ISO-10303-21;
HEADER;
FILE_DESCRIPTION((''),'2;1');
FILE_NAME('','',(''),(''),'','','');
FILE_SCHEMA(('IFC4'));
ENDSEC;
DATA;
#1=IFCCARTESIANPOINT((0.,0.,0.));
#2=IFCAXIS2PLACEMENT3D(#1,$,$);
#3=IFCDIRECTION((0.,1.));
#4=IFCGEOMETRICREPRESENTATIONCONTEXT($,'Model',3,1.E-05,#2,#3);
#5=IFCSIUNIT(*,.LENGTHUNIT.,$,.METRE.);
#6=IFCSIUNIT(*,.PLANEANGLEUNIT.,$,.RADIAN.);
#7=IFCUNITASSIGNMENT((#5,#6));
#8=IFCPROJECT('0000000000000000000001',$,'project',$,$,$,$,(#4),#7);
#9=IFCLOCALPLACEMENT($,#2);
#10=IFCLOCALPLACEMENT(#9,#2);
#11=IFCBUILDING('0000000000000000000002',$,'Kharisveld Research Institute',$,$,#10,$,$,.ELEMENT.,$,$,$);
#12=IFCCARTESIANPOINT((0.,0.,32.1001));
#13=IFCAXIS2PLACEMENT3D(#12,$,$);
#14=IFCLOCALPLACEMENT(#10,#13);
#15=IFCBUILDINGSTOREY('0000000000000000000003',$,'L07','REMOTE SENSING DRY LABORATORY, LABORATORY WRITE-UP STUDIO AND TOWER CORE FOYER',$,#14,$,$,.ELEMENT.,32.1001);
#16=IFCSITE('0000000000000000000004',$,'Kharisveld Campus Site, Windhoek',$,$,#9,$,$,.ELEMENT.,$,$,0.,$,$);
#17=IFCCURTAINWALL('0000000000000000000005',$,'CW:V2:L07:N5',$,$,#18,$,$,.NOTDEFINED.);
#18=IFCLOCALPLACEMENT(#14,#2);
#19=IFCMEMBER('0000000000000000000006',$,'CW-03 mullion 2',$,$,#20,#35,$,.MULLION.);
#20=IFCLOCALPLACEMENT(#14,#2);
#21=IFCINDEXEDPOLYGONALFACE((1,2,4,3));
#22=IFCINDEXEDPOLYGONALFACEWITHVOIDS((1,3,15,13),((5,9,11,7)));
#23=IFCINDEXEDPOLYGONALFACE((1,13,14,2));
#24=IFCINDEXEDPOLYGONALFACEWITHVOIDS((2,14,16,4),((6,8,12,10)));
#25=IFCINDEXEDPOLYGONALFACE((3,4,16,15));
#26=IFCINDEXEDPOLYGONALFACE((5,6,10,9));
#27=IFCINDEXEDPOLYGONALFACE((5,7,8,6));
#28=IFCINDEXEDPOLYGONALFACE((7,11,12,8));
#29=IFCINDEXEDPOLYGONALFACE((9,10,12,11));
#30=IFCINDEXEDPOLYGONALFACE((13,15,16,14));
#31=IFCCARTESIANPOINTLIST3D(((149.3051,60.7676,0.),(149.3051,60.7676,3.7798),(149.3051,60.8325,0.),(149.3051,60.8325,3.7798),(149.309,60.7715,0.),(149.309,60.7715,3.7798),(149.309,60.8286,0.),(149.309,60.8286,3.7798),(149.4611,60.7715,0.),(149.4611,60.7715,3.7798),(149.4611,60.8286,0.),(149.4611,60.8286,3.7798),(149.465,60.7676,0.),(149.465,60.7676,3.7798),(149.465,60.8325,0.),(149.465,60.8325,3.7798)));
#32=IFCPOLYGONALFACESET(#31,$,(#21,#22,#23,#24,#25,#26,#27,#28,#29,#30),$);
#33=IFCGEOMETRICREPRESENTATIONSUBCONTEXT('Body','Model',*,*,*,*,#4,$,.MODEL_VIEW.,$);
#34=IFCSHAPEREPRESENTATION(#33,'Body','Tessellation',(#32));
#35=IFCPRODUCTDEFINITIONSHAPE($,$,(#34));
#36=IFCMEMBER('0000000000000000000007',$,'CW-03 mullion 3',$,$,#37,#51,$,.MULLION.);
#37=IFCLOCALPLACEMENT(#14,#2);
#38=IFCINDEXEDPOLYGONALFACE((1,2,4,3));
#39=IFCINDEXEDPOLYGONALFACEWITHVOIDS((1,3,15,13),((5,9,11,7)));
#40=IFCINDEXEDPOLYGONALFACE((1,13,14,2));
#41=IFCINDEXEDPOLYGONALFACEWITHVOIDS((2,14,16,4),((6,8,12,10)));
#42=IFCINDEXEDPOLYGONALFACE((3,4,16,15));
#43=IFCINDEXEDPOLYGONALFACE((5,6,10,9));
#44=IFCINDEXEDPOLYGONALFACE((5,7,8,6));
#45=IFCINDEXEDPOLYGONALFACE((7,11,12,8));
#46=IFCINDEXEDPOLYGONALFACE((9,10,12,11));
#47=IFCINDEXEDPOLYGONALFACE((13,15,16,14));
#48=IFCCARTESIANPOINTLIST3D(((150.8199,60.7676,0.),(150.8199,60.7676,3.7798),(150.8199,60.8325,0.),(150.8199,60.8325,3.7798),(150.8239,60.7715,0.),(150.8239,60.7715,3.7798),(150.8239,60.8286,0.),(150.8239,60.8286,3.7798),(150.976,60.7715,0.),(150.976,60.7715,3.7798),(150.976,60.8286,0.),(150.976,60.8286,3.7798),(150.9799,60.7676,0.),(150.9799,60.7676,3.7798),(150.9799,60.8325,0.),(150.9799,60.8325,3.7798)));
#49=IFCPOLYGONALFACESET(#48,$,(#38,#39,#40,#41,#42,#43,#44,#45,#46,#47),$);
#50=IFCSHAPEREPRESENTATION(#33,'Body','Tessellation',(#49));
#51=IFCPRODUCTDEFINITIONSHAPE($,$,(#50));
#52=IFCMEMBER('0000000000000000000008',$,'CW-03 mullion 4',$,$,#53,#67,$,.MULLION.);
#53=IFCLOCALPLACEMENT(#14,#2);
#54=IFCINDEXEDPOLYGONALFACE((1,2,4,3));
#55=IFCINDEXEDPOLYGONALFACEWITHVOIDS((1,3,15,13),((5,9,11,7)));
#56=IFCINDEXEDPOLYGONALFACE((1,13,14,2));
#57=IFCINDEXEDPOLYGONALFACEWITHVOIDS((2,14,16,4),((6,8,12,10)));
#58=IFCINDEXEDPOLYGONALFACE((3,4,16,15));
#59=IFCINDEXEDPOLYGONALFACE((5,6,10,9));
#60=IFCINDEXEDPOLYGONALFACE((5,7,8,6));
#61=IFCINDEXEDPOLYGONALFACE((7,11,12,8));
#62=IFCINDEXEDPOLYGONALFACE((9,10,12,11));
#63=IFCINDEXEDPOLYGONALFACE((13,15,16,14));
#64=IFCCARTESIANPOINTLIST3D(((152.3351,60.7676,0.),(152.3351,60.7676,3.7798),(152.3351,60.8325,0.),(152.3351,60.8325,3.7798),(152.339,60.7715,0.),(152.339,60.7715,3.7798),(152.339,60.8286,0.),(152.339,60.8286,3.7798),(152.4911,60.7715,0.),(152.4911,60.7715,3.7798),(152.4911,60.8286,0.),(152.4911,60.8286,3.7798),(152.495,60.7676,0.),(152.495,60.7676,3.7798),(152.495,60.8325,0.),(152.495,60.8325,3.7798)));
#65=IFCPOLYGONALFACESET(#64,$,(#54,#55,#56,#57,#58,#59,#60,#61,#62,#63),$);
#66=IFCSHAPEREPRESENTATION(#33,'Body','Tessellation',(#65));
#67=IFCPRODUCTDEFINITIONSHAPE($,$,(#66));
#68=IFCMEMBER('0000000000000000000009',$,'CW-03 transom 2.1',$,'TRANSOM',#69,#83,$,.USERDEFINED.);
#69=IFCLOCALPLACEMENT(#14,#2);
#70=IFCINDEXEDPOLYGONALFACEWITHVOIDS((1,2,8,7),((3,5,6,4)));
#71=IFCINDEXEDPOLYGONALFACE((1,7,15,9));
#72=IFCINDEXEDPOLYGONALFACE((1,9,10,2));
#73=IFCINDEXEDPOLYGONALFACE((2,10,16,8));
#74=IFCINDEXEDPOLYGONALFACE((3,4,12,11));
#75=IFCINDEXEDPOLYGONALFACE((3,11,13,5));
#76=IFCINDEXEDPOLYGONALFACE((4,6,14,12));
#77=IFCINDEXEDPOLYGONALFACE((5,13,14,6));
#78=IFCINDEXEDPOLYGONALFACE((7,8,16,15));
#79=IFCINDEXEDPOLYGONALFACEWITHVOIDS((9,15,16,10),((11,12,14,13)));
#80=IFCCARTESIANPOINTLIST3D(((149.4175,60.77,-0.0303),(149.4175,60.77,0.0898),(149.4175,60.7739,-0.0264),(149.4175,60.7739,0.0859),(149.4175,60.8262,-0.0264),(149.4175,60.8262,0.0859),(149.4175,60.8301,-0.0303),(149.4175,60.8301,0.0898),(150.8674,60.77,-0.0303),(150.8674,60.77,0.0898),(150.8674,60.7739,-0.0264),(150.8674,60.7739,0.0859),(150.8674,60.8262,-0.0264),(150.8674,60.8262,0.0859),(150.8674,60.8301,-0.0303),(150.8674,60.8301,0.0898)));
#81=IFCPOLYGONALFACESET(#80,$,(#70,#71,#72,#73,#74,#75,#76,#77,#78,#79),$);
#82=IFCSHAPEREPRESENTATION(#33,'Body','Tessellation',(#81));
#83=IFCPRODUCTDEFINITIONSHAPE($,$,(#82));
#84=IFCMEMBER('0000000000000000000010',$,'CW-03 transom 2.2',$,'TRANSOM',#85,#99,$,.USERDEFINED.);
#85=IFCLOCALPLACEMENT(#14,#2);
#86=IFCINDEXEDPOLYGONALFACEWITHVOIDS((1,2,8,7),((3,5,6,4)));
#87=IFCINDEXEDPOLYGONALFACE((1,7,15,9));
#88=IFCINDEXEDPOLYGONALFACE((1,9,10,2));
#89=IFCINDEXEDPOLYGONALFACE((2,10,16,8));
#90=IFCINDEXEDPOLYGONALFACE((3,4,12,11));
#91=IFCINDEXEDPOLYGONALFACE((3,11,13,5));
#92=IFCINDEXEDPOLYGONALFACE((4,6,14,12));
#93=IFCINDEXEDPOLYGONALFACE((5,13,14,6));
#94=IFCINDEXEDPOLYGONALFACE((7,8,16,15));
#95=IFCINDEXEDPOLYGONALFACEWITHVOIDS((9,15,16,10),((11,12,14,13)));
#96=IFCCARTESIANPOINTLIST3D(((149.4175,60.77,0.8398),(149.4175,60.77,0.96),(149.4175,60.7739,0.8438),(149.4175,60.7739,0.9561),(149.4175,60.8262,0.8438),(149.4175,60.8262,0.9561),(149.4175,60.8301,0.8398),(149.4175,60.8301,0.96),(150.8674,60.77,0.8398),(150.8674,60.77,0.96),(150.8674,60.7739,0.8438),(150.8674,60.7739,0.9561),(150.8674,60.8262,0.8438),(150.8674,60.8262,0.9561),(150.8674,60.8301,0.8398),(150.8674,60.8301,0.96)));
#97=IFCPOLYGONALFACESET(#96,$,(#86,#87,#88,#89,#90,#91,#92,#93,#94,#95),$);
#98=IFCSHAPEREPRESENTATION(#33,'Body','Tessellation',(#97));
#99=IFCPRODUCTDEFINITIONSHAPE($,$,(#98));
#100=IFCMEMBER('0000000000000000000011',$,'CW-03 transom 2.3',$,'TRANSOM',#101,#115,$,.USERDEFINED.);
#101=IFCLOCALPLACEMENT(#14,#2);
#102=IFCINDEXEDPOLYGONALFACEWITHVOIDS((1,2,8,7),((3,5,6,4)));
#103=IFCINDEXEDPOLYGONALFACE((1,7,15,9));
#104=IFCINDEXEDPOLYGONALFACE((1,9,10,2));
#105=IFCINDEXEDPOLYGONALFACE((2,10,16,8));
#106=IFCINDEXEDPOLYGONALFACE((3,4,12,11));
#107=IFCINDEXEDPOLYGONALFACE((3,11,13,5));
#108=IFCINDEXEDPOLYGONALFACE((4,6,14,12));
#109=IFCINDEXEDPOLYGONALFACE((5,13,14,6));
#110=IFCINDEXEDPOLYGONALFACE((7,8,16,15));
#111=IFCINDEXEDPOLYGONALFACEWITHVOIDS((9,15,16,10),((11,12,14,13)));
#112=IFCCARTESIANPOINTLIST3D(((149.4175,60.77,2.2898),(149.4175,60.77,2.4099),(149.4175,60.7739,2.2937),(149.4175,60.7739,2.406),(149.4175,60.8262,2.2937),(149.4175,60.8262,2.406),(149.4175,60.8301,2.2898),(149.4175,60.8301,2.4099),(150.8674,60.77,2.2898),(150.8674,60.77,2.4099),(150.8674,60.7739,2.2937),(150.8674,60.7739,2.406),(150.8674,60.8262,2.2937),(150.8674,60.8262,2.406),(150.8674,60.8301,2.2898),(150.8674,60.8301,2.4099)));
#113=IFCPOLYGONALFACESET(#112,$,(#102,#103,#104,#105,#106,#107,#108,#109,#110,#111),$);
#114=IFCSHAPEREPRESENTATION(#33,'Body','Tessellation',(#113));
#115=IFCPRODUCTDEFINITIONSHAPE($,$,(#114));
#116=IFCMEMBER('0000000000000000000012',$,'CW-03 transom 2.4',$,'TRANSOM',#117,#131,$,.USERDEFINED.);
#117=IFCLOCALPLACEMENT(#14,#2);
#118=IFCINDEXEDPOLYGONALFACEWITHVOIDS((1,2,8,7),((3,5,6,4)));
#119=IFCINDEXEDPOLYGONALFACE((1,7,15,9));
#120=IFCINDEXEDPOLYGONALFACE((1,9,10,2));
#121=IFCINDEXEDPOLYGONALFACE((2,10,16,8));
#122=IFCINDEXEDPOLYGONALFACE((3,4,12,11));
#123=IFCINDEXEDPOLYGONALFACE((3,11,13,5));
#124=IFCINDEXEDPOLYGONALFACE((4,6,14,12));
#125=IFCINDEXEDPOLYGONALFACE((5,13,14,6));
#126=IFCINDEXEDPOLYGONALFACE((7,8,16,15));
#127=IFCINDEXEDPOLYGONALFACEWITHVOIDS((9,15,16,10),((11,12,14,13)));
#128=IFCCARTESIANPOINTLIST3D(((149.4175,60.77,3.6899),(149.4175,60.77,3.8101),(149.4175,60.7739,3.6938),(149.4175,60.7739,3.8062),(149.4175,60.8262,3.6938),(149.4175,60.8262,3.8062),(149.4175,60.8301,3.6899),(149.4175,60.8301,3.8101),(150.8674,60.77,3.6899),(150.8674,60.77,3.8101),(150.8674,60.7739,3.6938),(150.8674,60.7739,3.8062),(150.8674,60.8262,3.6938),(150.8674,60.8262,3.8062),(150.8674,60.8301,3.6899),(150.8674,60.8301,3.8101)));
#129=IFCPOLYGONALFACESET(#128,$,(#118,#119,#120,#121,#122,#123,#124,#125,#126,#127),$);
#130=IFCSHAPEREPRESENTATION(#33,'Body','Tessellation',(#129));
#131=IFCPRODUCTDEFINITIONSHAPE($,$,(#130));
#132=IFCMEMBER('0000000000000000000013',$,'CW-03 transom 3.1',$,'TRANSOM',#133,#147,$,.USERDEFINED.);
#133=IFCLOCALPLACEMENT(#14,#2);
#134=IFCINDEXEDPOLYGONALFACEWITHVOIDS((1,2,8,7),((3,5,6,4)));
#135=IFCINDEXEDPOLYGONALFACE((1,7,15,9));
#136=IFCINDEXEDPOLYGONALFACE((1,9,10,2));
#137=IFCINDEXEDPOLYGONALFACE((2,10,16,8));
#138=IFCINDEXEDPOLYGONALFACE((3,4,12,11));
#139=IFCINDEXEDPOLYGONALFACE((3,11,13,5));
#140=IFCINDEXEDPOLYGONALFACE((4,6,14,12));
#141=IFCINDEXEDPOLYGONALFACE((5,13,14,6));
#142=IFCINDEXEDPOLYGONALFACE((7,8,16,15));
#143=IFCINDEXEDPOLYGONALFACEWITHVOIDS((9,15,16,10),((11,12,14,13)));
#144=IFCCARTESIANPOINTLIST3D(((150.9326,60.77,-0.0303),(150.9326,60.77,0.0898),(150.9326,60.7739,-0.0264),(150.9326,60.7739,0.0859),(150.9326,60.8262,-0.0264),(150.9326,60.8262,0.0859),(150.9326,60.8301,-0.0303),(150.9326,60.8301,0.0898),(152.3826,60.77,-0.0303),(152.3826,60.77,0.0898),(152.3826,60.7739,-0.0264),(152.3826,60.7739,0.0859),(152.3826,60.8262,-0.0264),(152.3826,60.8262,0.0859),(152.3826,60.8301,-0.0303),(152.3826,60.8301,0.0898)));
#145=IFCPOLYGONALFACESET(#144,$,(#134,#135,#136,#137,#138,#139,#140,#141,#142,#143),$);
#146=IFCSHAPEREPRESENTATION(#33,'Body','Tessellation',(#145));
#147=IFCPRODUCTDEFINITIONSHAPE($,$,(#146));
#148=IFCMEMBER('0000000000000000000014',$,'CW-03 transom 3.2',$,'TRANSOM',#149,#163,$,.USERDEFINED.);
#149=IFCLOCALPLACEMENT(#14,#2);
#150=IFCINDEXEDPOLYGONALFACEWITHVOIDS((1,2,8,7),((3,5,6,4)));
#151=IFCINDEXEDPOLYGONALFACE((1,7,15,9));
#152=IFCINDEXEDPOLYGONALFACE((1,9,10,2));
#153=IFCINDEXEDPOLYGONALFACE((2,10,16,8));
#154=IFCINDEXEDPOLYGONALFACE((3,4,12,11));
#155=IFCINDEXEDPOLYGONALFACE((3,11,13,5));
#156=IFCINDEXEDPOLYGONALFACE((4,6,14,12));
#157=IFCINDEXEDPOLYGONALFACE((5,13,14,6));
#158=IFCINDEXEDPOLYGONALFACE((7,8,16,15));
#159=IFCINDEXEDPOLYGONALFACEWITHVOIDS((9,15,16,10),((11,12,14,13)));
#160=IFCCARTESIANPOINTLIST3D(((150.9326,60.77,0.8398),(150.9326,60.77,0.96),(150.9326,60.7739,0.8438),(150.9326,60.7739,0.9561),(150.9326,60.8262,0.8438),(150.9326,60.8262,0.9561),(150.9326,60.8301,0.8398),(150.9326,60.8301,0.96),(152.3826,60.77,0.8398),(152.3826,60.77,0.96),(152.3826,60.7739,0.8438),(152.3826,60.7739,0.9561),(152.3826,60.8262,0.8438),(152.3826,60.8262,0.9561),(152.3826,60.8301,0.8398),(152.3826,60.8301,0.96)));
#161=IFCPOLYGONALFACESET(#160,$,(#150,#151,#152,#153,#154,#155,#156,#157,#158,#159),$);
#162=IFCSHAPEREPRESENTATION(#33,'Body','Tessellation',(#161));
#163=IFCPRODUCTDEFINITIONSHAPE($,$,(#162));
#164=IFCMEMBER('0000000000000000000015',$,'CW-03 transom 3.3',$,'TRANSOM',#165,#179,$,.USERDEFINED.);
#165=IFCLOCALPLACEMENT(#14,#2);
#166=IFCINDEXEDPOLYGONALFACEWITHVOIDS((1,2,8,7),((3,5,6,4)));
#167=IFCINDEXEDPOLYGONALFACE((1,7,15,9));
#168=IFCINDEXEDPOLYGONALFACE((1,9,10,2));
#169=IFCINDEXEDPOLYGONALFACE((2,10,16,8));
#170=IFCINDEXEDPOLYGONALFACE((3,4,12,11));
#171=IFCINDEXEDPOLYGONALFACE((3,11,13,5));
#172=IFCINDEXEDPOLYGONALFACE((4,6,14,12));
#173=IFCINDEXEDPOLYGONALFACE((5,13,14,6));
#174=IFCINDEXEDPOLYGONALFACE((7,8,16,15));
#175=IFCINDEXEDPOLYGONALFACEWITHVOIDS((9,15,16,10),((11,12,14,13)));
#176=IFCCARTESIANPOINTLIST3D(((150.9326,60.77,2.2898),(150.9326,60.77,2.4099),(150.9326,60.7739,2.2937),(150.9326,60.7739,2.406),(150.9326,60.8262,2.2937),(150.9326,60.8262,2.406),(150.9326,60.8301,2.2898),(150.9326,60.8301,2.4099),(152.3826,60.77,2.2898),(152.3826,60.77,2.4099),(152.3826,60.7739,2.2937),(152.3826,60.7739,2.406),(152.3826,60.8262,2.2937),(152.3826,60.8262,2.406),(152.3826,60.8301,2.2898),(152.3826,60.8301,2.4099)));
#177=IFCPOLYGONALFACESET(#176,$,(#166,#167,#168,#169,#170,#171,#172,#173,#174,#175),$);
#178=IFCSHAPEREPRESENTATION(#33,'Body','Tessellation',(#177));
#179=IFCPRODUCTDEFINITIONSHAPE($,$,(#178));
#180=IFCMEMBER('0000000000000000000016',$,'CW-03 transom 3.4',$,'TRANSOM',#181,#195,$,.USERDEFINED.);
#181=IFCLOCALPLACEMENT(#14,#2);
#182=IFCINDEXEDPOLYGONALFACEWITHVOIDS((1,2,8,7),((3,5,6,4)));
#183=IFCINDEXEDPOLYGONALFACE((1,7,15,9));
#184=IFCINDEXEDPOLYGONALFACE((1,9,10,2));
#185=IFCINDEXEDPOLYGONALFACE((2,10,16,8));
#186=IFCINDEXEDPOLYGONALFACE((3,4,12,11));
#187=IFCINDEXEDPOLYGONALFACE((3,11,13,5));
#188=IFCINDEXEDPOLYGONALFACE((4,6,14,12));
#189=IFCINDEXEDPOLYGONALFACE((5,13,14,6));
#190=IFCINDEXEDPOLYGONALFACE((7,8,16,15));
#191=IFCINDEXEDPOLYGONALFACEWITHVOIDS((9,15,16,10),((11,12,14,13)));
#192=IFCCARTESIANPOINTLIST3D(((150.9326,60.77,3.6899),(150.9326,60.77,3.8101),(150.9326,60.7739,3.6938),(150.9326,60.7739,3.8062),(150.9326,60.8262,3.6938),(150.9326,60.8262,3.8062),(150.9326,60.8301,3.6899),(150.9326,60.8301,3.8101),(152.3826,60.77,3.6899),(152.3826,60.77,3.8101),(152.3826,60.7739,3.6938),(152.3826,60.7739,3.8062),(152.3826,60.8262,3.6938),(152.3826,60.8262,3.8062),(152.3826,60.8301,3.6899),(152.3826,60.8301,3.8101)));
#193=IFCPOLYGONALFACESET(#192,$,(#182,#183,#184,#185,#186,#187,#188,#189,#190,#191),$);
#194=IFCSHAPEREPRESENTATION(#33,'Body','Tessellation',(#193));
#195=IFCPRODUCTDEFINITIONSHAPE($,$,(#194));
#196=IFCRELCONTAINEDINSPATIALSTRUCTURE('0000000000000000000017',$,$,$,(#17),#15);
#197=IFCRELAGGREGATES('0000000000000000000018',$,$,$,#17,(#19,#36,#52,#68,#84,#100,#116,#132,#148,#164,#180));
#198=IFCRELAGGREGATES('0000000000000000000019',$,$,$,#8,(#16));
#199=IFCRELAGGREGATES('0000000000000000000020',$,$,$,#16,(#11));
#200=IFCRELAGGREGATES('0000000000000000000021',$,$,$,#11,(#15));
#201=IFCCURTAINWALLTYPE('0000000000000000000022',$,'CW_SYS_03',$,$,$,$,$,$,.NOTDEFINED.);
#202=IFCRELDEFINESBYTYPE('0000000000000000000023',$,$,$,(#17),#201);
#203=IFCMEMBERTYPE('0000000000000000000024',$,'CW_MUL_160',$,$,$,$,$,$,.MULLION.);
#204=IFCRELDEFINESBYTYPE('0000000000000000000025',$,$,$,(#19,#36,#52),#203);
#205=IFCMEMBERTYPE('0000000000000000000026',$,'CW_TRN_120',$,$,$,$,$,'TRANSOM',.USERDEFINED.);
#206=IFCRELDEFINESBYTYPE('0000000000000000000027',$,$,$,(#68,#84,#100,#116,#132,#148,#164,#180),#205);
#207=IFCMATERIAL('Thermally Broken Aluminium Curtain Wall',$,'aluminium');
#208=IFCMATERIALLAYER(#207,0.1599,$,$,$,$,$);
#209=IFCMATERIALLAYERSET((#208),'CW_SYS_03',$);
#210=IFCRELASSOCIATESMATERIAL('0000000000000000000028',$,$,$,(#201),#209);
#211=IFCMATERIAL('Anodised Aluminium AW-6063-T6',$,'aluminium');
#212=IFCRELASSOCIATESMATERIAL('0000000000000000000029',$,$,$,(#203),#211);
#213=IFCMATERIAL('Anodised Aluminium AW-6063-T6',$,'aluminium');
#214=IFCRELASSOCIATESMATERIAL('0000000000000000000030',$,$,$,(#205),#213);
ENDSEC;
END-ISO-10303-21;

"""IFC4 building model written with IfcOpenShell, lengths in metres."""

from ifc_helpers import new_model, si_unit, direction, frame, origin, origin_2d, place, context, subcontext, project, spatial, hollow_rectangle, extrude, material, layer, layer_set, material_profile, profile_set, type_object, element, aggregate, save


model = new_model("IFC4")

# Units and contexts
model_context = context("Model", 3, precision=1e-05, world=origin(), true_north=direction((0.0, 1.0)))
body_context = subcontext(model_context, "Body", "Model", "MODEL_VIEW")
ifc_project = project(units=[si_unit("LENGTHUNIT", "METRE"), si_unit("PLANEANGLEUNIT", "RADIAN")], contexts=[model_context])

# Site, building, storey
site_placement = place(None, origin())
site = spatial("IfcSite", under=ifc_project, at=site_placement, Name="Kharisveld Campus Site, Windhoek", CompositionType="ELEMENT", RefElevation=0.0)
building_placement = place(site_placement, origin())
building = spatial("IfcBuilding", under=site, at=building_placement, Name="Kharisveld Research Institute", CompositionType="ELEMENT")
storey_placement = place(building_placement, frame((0.0, 0.0, 32.1001)))
storey = spatial("IfcBuildingStorey", under=building, at=storey_placement, Name="L07", Description="REMOTE SENSING DRY LABORATORY, LABORATORY WRITE-UP STUDIO AND TOWER CORE FOYER", CompositionType="ELEMENT", Elevation=32.1001)

# Curtain wall, members
ifc_material_1 = material(Name="Thermally Broken Aluminium Curtain Wall", Category="aluminium")
ifc_layer_1 = layer(ifc_material_1, 0.1599)
ifc_layer_set_1 = layer_set([ifc_layer_1], Name="CW_SYS_03")
curtain_wall_type = type_object("IfcCurtainWallType", Name="CW_SYS_03", PredefinedType="NOTDEFINED", material=ifc_layer_set_1)
curtain_wall_placement = place(storey_placement, origin())
curtain_wall = element("IfcCurtainWall", 1, at=curtain_wall_placement, inside=storey, type_object=curtain_wall_type, Name="CW:V2:L07:N5", PredefinedType="NOTDEFINED")
ifc_material_2 = material(Name="Anodised Aluminium AW-6063-T6", Category="aluminium")
ifc_material_profile_1 = material_profile(ifc_material_2, hollow_rectangle(XDim=0.0649, YDim=0.1599, WallThickness=0.0039, at=origin_2d()))
ifc_profile_set_1 = profile_set([ifc_material_profile_1], Name="Anodised Aluminium AW-6063-T6")
member_type_1 = type_object("IfcMemberType", Name="CW_MUL_160", PredefinedType="MULLION", material=ifc_profile_set_1)
member_1_placement = place(storey_placement, frame((149.385, 60.8, 0.0), z_axis=(0.0, 0.0, 1.0), x_axis=(0.0, 1.0, 0.0)))
member_1 = element("IfcMember", 2, at=member_1_placement, type_object=member_type_1, Name="CW-03 mullion 2", PredefinedType="MULLION", context=body_context, shape_type="SweptSolid", body=[
    extrude(hollow_rectangle(XDim=0.0649, YDim=0.1599, WallThickness=0.0039, at=origin_2d()), origin(), (0.0, 0.0, 1.0), 3.7798),
])
member_2_placement = place(storey_placement, frame((150.8999, 60.8, 0.0), z_axis=(0.0, 0.0, 1.0), x_axis=(0.0, 1.0, 0.0)))
member_2 = element("IfcMember", 3, at=member_2_placement, type_object=member_type_1, Name="CW-03 mullion 3", PredefinedType="MULLION", context=body_context, shape_type="SweptSolid", body=[
    extrude(hollow_rectangle(XDim=0.0649, YDim=0.1599, WallThickness=0.0039, at=origin_2d()), origin(), (0.0, 0.0, 1.0), 3.7798),
])
member_3_placement = place(storey_placement, frame((152.415, 60.8, 0.0), z_axis=(0.0, 0.0, 1.0), x_axis=(0.0, 1.0, 0.0)))
member_3 = element("IfcMember", 4, at=member_3_placement, type_object=member_type_1, Name="CW-03 mullion 4", PredefinedType="MULLION", context=body_context, shape_type="SweptSolid", body=[
    extrude(hollow_rectangle(XDim=0.0649, YDim=0.1599, WallThickness=0.0039, at=origin_2d()), origin(), (0.0, 0.0, 1.0), 3.7798),
])
ifc_material_3 = material(Name="Anodised Aluminium AW-6063-T6", Category="aluminium")
ifc_material_profile_2 = material_profile(ifc_material_3, hollow_rectangle(XDim=0.0601, YDim=0.1201, WallThickness=0.0039, at=origin_2d()))
ifc_profile_set_2 = profile_set([ifc_material_profile_2], Name="Anodised Aluminium AW-6063-T6")
member_type_2 = type_object("IfcMemberType", Name="CW_TRN_120", ElementType="TRANSOM", PredefinedType="USERDEFINED", material=ifc_profile_set_2)
member_4_placement = place(storey_placement, frame((149.4175, 60.8, 0.0298), z_axis=(1.0, 0.0, 0.0), x_axis=(0.0, 1.0, 0.0)))
member_4 = element("IfcMember", 5, at=member_4_placement, type_object=member_type_2, Name="CW-03 transom 2.1", ObjectType="TRANSOM", PredefinedType="USERDEFINED", context=body_context, shape_type="SweptSolid", body=[
    extrude(hollow_rectangle(XDim=0.0601, YDim=0.1201, WallThickness=0.0039, at=origin_2d()), origin(), (0.0, 0.0, 1.0), 1.45),
])
member_5_placement = place(storey_placement, frame((149.4175, 60.8, 0.8999), z_axis=(1.0, 0.0, 0.0), x_axis=(0.0, 1.0, 0.0)))
member_5 = element("IfcMember", 6, at=member_5_placement, type_object=member_type_2, Name="CW-03 transom 2.2", ObjectType="TRANSOM", PredefinedType="USERDEFINED", context=body_context, shape_type="SweptSolid", body=[
    extrude(hollow_rectangle(XDim=0.0601, YDim=0.1201, WallThickness=0.0039, at=origin_2d()), origin(), (0.0, 0.0, 1.0), 1.45),
])
member_6_placement = place(storey_placement, frame((149.4175, 60.8, 2.3499), z_axis=(1.0, 0.0, 0.0), x_axis=(0.0, 1.0, 0.0)))
member_6 = element("IfcMember", 7, at=member_6_placement, type_object=member_type_2, Name="CW-03 transom 2.3", ObjectType="TRANSOM", PredefinedType="USERDEFINED", context=body_context, shape_type="SweptSolid", body=[
    extrude(hollow_rectangle(XDim=0.0601, YDim=0.1201, WallThickness=0.0039, at=origin_2d()), origin(), (0.0, 0.0, 1.0), 1.45),
])
member_7_placement = place(storey_placement, frame((149.4175, 60.8, 3.75), z_axis=(1.0, 0.0, 0.0), x_axis=(0.0, 1.0, 0.0)))
member_7 = element("IfcMember", 8, at=member_7_placement, type_object=member_type_2, Name="CW-03 transom 2.4", ObjectType="TRANSOM", PredefinedType="USERDEFINED", context=body_context, shape_type="SweptSolid", body=[
    extrude(hollow_rectangle(XDim=0.0601, YDim=0.1201, WallThickness=0.0039, at=origin_2d()), origin(), (0.0, 0.0, 1.0), 1.45),
])
member_8_placement = place(storey_placement, frame((150.9326, 60.8, 0.0298), z_axis=(1.0, 0.0, 0.0), x_axis=(0.0, 1.0, 0.0)))
member_8 = element("IfcMember", 9, at=member_8_placement, type_object=member_type_2, Name="CW-03 transom 3.1", ObjectType="TRANSOM", PredefinedType="USERDEFINED", context=body_context, shape_type="SweptSolid", body=[
    extrude(hollow_rectangle(XDim=0.0601, YDim=0.1201, WallThickness=0.0039, at=origin_2d()), origin(), (0.0, 0.0, 1.0), 1.45),
])
member_9_placement = place(storey_placement, frame((150.9326, 60.8, 0.8999), z_axis=(1.0, 0.0, 0.0), x_axis=(0.0, 1.0, 0.0)))
member_9 = element("IfcMember", 10, at=member_9_placement, type_object=member_type_2, Name="CW-03 transom 3.2", ObjectType="TRANSOM", PredefinedType="USERDEFINED", context=body_context, shape_type="SweptSolid", body=[
    extrude(hollow_rectangle(XDim=0.0601, YDim=0.1201, WallThickness=0.0039, at=origin_2d()), origin(), (0.0, 0.0, 1.0), 1.45),
])
member_10_placement = place(storey_placement, frame((150.9326, 60.8, 2.3499), z_axis=(1.0, 0.0, 0.0), x_axis=(0.0, 1.0, 0.0)))
member_10 = element("IfcMember", 11, at=member_10_placement, type_object=member_type_2, Name="CW-03 transom 3.3", ObjectType="TRANSOM", PredefinedType="USERDEFINED", context=body_context, shape_type="SweptSolid", body=[
    extrude(hollow_rectangle(XDim=0.0601, YDim=0.1201, WallThickness=0.0039, at=origin_2d()), origin(), (0.0, 0.0, 1.0), 1.45),
])
member_11_placement = place(storey_placement, frame((150.9326, 60.8, 3.75), z_axis=(1.0, 0.0, 0.0), x_axis=(0.0, 1.0, 0.0)))
member_11 = element("IfcMember", 12, at=member_11_placement, type_object=member_type_2, Name="CW-03 transom 3.4", ObjectType="TRANSOM", PredefinedType="USERDEFINED", context=body_context, shape_type="SweptSolid", body=[
    extrude(hollow_rectangle(XDim=0.0601, YDim=0.1201, WallThickness=0.0039, at=origin_2d()), origin(), (0.0, 0.0, 1.0), 1.45),
])
aggregate(curtain_wall, [member_1, member_2, member_3, member_4, member_5, member_6, member_7, member_8, member_9, member_10, member_11])

save(model, "model.ifc")
